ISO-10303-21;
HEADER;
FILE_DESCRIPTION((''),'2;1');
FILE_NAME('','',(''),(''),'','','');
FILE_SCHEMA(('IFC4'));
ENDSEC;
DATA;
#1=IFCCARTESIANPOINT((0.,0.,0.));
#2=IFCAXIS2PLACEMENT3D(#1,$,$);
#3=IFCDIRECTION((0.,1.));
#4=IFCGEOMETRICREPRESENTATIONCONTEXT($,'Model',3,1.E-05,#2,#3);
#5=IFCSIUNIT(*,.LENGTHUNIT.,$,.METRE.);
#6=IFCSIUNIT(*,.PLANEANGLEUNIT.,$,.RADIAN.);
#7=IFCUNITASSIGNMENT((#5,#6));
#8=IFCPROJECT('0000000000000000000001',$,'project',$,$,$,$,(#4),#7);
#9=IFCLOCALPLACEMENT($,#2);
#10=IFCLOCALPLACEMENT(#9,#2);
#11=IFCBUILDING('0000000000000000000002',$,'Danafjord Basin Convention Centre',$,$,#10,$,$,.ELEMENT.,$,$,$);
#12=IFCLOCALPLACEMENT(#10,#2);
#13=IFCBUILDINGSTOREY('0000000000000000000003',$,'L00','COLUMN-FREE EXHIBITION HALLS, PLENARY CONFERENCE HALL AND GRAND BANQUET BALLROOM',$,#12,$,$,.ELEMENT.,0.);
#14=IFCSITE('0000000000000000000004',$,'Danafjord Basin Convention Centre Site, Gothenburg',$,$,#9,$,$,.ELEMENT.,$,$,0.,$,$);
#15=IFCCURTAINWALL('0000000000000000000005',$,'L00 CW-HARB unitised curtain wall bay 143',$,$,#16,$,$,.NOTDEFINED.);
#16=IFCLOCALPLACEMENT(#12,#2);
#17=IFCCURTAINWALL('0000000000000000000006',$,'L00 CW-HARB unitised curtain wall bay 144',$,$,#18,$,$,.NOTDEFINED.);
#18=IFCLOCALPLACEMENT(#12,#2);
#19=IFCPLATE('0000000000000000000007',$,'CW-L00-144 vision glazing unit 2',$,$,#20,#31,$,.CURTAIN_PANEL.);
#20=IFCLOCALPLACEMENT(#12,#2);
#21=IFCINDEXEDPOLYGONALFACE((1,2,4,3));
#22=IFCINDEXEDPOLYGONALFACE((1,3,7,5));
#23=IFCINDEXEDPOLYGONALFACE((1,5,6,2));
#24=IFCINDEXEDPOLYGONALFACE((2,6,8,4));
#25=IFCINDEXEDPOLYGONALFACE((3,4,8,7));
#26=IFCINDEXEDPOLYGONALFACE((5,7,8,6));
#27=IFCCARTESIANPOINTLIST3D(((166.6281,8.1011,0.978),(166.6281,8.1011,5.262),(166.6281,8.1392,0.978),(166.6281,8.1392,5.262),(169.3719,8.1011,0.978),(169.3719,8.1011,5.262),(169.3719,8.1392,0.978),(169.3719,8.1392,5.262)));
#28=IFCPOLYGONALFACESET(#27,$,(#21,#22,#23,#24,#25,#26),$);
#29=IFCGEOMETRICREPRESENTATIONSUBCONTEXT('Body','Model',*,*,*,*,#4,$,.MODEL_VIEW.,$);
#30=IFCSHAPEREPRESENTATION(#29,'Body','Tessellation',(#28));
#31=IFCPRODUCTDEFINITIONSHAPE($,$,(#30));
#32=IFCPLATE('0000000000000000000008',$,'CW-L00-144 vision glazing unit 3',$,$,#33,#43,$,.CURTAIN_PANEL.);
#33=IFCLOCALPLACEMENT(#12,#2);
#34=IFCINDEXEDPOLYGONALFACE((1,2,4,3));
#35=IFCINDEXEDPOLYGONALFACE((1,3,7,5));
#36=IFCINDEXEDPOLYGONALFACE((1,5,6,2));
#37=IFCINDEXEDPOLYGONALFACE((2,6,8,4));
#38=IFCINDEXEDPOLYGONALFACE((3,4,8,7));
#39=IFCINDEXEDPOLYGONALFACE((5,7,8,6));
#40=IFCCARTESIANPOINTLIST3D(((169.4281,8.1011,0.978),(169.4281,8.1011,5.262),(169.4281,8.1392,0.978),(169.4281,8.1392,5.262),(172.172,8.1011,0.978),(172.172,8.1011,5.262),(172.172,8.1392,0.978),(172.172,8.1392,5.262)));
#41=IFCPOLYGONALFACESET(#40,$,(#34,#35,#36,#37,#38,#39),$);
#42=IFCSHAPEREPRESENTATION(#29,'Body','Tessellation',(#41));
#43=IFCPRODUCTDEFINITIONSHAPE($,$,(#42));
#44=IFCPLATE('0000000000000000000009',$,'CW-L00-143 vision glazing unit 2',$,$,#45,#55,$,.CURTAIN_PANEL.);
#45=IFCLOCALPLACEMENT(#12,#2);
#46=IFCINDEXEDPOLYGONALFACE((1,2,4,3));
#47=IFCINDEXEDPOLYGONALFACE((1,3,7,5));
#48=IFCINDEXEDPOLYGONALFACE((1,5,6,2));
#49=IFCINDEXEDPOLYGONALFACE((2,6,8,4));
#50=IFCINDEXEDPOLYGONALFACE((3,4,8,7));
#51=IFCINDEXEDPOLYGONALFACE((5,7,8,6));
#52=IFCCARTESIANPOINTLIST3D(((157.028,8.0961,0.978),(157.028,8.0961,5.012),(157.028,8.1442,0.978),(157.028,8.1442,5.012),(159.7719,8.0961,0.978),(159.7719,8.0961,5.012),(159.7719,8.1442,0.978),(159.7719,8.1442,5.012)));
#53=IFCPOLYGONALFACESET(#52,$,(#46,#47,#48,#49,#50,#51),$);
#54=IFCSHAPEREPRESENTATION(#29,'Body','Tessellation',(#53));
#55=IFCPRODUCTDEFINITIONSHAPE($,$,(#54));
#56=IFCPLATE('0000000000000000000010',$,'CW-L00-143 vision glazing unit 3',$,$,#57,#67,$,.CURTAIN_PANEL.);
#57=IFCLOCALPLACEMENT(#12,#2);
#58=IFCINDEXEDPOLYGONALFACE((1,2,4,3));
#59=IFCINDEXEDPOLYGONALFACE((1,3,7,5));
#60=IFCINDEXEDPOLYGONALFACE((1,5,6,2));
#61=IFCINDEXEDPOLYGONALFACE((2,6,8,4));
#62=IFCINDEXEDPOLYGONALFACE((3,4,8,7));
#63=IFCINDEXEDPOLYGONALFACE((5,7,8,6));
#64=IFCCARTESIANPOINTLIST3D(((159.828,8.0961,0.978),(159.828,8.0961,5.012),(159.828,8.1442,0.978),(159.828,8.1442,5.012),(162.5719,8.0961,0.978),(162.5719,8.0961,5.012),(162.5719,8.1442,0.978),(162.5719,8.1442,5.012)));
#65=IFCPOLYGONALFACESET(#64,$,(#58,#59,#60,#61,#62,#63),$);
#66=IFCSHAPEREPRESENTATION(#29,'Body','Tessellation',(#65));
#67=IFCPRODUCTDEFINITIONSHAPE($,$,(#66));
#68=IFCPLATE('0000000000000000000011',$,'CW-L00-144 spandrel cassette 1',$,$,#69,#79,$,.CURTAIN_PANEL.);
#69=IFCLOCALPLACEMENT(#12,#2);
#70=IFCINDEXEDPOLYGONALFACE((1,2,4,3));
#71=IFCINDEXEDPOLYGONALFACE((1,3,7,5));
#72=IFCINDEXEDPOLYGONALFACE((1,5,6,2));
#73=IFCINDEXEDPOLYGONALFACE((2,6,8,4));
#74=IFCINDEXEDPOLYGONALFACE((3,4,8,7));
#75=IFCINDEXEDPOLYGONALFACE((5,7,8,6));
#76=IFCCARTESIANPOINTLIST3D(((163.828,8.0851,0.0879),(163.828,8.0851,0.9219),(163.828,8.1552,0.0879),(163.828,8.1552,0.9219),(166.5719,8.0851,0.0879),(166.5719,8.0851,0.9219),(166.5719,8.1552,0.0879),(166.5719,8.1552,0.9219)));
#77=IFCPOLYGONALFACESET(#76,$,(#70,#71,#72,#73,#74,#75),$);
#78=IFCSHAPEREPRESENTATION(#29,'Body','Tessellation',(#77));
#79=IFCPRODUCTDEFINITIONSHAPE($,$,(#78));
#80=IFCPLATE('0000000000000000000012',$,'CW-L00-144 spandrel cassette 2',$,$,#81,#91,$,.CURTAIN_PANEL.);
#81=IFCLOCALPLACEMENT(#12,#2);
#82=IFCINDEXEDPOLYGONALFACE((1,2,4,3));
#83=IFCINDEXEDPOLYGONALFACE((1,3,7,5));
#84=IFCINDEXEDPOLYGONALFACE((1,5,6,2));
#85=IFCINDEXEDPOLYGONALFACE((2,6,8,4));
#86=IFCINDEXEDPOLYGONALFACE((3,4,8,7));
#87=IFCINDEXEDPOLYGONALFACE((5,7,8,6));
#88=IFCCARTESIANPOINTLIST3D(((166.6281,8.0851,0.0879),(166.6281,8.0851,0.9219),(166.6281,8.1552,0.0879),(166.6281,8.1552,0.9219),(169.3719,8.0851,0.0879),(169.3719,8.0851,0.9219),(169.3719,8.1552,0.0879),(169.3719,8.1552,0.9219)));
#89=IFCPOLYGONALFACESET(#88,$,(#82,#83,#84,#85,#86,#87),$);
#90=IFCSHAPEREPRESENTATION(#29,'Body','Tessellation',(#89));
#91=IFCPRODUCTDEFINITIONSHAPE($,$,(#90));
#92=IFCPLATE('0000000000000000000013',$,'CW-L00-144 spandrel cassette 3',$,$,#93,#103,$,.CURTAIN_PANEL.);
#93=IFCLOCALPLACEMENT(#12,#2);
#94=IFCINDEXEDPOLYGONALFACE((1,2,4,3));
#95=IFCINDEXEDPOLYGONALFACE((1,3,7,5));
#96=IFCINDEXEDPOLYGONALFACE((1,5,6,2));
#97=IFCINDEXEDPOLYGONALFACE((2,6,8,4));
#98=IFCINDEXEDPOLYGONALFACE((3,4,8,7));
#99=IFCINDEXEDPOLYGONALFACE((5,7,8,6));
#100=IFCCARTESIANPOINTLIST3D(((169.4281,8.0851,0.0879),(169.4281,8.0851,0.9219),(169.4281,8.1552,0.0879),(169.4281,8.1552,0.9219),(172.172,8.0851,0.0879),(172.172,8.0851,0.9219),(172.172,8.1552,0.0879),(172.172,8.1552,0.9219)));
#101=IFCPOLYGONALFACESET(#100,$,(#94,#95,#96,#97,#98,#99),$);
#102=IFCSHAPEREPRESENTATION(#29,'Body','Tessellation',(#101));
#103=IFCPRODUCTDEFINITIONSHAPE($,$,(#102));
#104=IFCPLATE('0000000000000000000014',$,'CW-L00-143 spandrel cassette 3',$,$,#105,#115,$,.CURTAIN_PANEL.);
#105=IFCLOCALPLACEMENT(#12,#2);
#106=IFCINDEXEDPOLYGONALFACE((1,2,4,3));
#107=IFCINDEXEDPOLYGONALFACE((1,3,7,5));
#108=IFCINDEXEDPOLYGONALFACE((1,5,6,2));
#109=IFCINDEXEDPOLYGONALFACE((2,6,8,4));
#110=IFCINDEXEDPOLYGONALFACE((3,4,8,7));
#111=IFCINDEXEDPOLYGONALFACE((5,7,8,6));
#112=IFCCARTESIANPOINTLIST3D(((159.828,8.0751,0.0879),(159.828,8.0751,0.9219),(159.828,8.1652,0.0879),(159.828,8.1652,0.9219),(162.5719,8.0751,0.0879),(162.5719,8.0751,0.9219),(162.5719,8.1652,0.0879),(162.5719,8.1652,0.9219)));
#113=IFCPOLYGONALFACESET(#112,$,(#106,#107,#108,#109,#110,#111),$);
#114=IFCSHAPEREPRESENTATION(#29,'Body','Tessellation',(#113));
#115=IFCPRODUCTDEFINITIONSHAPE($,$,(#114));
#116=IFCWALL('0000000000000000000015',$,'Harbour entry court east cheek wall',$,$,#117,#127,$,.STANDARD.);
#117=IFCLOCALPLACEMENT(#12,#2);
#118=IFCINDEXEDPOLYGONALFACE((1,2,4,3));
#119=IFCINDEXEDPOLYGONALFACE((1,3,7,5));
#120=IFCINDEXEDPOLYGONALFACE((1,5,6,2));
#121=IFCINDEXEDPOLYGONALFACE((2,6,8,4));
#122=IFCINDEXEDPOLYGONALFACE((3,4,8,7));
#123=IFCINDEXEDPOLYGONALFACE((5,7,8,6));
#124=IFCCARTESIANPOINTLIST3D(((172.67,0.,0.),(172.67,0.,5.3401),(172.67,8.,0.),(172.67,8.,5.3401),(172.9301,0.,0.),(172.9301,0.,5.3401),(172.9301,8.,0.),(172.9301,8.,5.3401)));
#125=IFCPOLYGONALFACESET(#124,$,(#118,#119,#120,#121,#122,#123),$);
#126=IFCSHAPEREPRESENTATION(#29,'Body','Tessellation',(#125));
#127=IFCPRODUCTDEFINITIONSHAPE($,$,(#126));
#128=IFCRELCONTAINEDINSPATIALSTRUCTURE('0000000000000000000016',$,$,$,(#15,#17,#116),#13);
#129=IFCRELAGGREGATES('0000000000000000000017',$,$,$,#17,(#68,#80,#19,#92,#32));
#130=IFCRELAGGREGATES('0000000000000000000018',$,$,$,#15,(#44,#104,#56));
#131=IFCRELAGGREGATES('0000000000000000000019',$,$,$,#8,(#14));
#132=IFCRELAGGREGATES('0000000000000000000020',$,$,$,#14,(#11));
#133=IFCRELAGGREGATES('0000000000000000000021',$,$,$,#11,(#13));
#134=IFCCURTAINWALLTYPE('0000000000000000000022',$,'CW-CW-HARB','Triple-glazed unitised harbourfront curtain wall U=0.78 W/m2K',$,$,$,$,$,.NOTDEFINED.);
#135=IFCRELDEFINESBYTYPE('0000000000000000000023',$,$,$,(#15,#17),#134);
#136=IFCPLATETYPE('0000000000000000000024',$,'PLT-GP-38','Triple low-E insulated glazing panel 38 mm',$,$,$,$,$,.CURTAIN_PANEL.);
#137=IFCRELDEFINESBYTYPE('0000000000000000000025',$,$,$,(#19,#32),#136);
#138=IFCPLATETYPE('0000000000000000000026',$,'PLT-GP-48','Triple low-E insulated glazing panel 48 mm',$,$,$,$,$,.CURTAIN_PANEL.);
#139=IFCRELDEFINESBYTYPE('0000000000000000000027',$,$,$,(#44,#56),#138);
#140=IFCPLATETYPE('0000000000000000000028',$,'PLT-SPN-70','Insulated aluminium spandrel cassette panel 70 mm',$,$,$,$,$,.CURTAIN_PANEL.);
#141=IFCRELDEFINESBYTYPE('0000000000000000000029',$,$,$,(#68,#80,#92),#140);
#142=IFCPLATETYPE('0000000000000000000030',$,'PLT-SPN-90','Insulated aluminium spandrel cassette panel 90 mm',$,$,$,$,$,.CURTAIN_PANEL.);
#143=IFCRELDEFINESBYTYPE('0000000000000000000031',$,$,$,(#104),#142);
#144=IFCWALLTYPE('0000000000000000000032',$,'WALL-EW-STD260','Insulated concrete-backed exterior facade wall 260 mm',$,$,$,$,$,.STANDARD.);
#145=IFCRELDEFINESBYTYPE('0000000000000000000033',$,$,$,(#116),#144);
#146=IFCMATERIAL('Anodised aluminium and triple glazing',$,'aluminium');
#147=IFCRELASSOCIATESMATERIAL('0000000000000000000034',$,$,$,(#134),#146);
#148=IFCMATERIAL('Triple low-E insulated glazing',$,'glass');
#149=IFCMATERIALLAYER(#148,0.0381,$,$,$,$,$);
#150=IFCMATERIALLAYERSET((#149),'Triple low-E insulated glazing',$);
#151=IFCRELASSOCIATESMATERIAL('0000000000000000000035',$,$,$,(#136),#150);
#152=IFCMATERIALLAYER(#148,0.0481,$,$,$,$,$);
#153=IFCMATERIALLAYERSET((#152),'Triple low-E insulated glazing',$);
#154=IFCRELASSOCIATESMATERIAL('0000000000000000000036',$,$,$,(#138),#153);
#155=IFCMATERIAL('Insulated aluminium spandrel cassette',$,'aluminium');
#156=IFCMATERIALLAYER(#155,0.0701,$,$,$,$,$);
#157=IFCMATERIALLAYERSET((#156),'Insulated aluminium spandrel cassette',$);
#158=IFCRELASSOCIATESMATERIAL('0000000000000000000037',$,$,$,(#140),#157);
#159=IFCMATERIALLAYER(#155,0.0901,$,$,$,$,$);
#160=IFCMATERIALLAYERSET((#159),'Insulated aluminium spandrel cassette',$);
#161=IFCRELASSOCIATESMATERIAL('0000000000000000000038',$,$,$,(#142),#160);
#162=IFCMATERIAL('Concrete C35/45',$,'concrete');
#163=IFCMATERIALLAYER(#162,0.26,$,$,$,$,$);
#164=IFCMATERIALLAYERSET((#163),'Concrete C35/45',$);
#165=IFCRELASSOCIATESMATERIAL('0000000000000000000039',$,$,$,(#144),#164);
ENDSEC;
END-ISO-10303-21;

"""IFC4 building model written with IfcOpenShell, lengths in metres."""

from ifc_helpers import new_model, si_unit, direction, frame, frame_2d, origin, origin_2d, place, context, subcontext, project, spatial, rectangle, extrude, material, layer, layer_set, type_object, element, aggregate, save


model = new_model("IFC4")

# Units and contexts
model_context = context("Model", 3, precision=1e-05, world=origin(), true_north=direction((0.0, 1.0)))
body_context = subcontext(model_context, "Body", "Model", "MODEL_VIEW")
ifc_project = project(units=[si_unit("LENGTHUNIT", "METRE"), si_unit("PLANEANGLEUNIT", "RADIAN")], contexts=[model_context])

# Site, building, storey
site_placement = place(None, origin())
site = spatial("IfcSite", under=ifc_project, at=site_placement, Name="Danafjord Basin Convention Centre Site, Gothenburg", CompositionType="ELEMENT", RefElevation=0.0)
building_placement = place(site_placement, origin())
building = spatial("IfcBuilding", under=site, at=building_placement, Name="Danafjord Basin Convention Centre", CompositionType="ELEMENT")
storey_placement = place(building_placement, origin())
storey = spatial("IfcBuildingStorey", under=building, at=storey_placement, Name="L00", Description="COLUMN-FREE EXHIBITION HALLS, PLENARY CONFERENCE HALL AND GRAND BANQUET BALLROOM", CompositionType="ELEMENT", Elevation=0.0)

# Shared definitions
ifc_material_1 = material(Name="Concrete C35/45", Category="concrete")

# Curtain wall
ifc_material_2 = material(Name="Anodised aluminium and triple glazing", Category="aluminium")
curtain_wall_type = type_object("IfcCurtainWallType", Name="CW-CW-HARB", Description="Triple-glazed unitised harbourfront curtain wall U=0.78 W/m2K", PredefinedType="NOTDEFINED", material=ifc_material_2)
curtain_wall_1_placement = place(storey_placement, origin())
curtain_wall_1 = element("IfcCurtainWall", 1, at=curtain_wall_1_placement, inside=storey, type_object=curtain_wall_type, Name="L00 CW-HARB unitised curtain wall bay 143", PredefinedType="NOTDEFINED")

# Curtain wall, plates
curtain_wall_2_placement = place(storey_placement, origin())
curtain_wall_2 = element("IfcCurtainWall", 2, at=curtain_wall_2_placement, inside=storey, type_object=curtain_wall_type, Name="L00 CW-HARB unitised curtain wall bay 144", PredefinedType="NOTDEFINED")
ifc_material_3 = material(Name="Triple low-E insulated glazing", Category="glass")
ifc_layer_1 = layer(ifc_material_3, 0.0381)
ifc_layer_set_1 = layer_set([ifc_layer_1], Name="Triple low-E insulated glazing")
plate_type_1 = type_object("IfcPlateType", Name="PLT-GP-38", Description="Triple low-E insulated glazing panel 38 mm", PredefinedType="CURTAIN_PANEL", material=ifc_layer_set_1)
plate_1_placement = place(storey_placement, frame((168.0, 8.1201, 0.978), z_axis=(0.0, 0.0, 1.0), x_axis=(1.0, 0.0, 0.0)))
plate_1 = element("IfcPlate", 3, at=plate_1_placement, type_object=plate_type_1, Name="CW-L00-144 vision glazing unit 2", PredefinedType="CURTAIN_PANEL", context=body_context, shape_type="SweptSolid", body=[
    extrude(rectangle(XDim=2.7439, YDim=0.0381, at=origin_2d()), origin(), (0.0, 0.0, 1.0), 4.2839),
])
plate_2_placement = place(storey_placement, frame((170.8, 8.1201, 0.978), z_axis=(0.0, 0.0, 1.0), x_axis=(1.0, 0.0, 0.0)))
plate_2 = element("IfcPlate", 4, at=plate_2_placement, type_object=plate_type_1, Name="CW-L00-144 vision glazing unit 3", PredefinedType="CURTAIN_PANEL", context=body_context, shape_type="SweptSolid", body=[
    extrude(rectangle(XDim=2.7439, YDim=0.0381, at=origin_2d()), origin(), (0.0, 0.0, 1.0), 4.2839),
])

# Plates
ifc_layer_2 = layer(ifc_material_3, 0.0481)
ifc_layer_set_2 = layer_set([ifc_layer_2], Name="Triple low-E insulated glazing")
plate_type_2 = type_object("IfcPlateType", Name="PLT-GP-48", Description="Triple low-E insulated glazing panel 48 mm", PredefinedType="CURTAIN_PANEL", material=ifc_layer_set_2)
plate_3_placement = place(storey_placement, frame((158.3999, 8.1201, 0.978), z_axis=(0.0, 0.0, 1.0), x_axis=(1.0, 0.0, 0.0)))
plate_3 = element("IfcPlate", 5, at=plate_3_placement, type_object=plate_type_2, Name="CW-L00-143 vision glazing unit 2", PredefinedType="CURTAIN_PANEL", context=body_context, shape_type="SweptSolid", body=[
    extrude(rectangle(XDim=2.7439, YDim=0.0481, at=origin_2d()), origin(), (0.0, 0.0, 1.0), 4.0339),
])
plate_4_placement = place(storey_placement, frame((161.2, 8.1201, 0.978), z_axis=(0.0, 0.0, 1.0), x_axis=(1.0, 0.0, 0.0)))
plate_4 = element("IfcPlate", 6, at=plate_4_placement, type_object=plate_type_2, Name="CW-L00-143 vision glazing unit 3", PredefinedType="CURTAIN_PANEL", context=body_context, shape_type="SweptSolid", body=[
    extrude(rectangle(XDim=2.7439, YDim=0.0481, at=origin_2d()), origin(), (0.0, 0.0, 1.0), 4.0339),
])
ifc_material_4 = material(Name="Insulated aluminium spandrel cassette", Category="aluminium")
ifc_layer_3 = layer(ifc_material_4, 0.0701)
ifc_layer_set_3 = layer_set([ifc_layer_3], Name="Insulated aluminium spandrel cassette")
plate_type_3 = type_object("IfcPlateType", Name="PLT-SPN-70", Description="Insulated aluminium spandrel cassette panel 70 mm", PredefinedType="CURTAIN_PANEL", material=ifc_layer_set_3)
plate_5_placement = place(storey_placement, frame((165.2, 8.1201, 0.0879), z_axis=(0.0, 0.0, 1.0), x_axis=(1.0, 0.0, 0.0)))
plate_5 = element("IfcPlate", 7, at=plate_5_placement, type_object=plate_type_3, Name="CW-L00-144 spandrel cassette 1", PredefinedType="CURTAIN_PANEL", context=body_context, shape_type="SweptSolid", body=[
    extrude(rectangle(XDim=2.7439, YDim=0.0701, at=origin_2d()), origin(), (0.0, 0.0, 1.0), 0.834),
])
plate_6_placement = place(storey_placement, frame((168.0, 8.1201, 0.0879), z_axis=(0.0, 0.0, 1.0), x_axis=(1.0, 0.0, 0.0)))
plate_6 = element("IfcPlate", 8, at=plate_6_placement, type_object=plate_type_3, Name="CW-L00-144 spandrel cassette 2", PredefinedType="CURTAIN_PANEL", context=body_context, shape_type="SweptSolid", body=[
    extrude(rectangle(XDim=2.7439, YDim=0.0701, at=origin_2d()), origin(), (0.0, 0.0, 1.0), 0.834),
])
plate_7_placement = place(storey_placement, frame((170.8, 8.1201, 0.0879), z_axis=(0.0, 0.0, 1.0), x_axis=(1.0, 0.0, 0.0)))
plate_7 = element("IfcPlate", 9, at=plate_7_placement, type_object=plate_type_3, Name="CW-L00-144 spandrel cassette 3", PredefinedType="CURTAIN_PANEL", context=body_context, shape_type="SweptSolid", body=[
    extrude(rectangle(XDim=2.7439, YDim=0.0701, at=origin_2d()), origin(), (0.0, 0.0, 1.0), 0.834),
])
aggregate(curtain_wall_2, [plate_5, plate_6, plate_1, plate_7, plate_2])
ifc_layer_4 = layer(ifc_material_4, 0.0901)
ifc_layer_set_4 = layer_set([ifc_layer_4], Name="Insulated aluminium spandrel cassette")
plate_type_4 = type_object("IfcPlateType", Name="PLT-SPN-90", Description="Insulated aluminium spandrel cassette panel 90 mm", PredefinedType="CURTAIN_PANEL", material=ifc_layer_set_4)
plate_8_placement = place(storey_placement, frame((161.2, 8.1201, 0.0879), z_axis=(0.0, 0.0, 1.0), x_axis=(1.0, 0.0, 0.0)))
plate_8 = element("IfcPlate", 10, at=plate_8_placement, type_object=plate_type_4, Name="CW-L00-143 spandrel cassette 3", PredefinedType="CURTAIN_PANEL", context=body_context, shape_type="SweptSolid", body=[
    extrude(rectangle(XDim=2.7439, YDim=0.0901, at=origin_2d()), origin(), (0.0, 0.0, 1.0), 0.834),
])
aggregate(curtain_wall_1, [plate_3, plate_8, plate_4])

# Wall
ifc_layer_5 = layer(ifc_material_1, 0.26)
ifc_layer_set_5 = layer_set([ifc_layer_5], Name="Concrete C35/45")
wall_type = type_object("IfcWallType", Name="WALL-EW-STD260", Description="Insulated concrete-backed exterior facade wall 260 mm", PredefinedType="STANDARD", material=ifc_layer_set_5)
wall_placement = place(storey_placement, frame((172.8, 0.0, 0.0), z_axis=(0.0, 0.0, 1.0), x_axis=(0.0, 1.0, 0.0)))
element("IfcWall", 11, at=wall_placement, inside=storey, type_object=wall_type, Name="Harbour entry court east cheek wall", PredefinedType="STANDARD", context=body_context, shape_type="SweptSolid", body=[
    extrude(rectangle(XDim=8.0, YDim=0.26, at=frame_2d((4.0, 0.0))), origin(), (0.0, 0.0, 1.0), 5.3401),
])

save(model, "model.ifc")
